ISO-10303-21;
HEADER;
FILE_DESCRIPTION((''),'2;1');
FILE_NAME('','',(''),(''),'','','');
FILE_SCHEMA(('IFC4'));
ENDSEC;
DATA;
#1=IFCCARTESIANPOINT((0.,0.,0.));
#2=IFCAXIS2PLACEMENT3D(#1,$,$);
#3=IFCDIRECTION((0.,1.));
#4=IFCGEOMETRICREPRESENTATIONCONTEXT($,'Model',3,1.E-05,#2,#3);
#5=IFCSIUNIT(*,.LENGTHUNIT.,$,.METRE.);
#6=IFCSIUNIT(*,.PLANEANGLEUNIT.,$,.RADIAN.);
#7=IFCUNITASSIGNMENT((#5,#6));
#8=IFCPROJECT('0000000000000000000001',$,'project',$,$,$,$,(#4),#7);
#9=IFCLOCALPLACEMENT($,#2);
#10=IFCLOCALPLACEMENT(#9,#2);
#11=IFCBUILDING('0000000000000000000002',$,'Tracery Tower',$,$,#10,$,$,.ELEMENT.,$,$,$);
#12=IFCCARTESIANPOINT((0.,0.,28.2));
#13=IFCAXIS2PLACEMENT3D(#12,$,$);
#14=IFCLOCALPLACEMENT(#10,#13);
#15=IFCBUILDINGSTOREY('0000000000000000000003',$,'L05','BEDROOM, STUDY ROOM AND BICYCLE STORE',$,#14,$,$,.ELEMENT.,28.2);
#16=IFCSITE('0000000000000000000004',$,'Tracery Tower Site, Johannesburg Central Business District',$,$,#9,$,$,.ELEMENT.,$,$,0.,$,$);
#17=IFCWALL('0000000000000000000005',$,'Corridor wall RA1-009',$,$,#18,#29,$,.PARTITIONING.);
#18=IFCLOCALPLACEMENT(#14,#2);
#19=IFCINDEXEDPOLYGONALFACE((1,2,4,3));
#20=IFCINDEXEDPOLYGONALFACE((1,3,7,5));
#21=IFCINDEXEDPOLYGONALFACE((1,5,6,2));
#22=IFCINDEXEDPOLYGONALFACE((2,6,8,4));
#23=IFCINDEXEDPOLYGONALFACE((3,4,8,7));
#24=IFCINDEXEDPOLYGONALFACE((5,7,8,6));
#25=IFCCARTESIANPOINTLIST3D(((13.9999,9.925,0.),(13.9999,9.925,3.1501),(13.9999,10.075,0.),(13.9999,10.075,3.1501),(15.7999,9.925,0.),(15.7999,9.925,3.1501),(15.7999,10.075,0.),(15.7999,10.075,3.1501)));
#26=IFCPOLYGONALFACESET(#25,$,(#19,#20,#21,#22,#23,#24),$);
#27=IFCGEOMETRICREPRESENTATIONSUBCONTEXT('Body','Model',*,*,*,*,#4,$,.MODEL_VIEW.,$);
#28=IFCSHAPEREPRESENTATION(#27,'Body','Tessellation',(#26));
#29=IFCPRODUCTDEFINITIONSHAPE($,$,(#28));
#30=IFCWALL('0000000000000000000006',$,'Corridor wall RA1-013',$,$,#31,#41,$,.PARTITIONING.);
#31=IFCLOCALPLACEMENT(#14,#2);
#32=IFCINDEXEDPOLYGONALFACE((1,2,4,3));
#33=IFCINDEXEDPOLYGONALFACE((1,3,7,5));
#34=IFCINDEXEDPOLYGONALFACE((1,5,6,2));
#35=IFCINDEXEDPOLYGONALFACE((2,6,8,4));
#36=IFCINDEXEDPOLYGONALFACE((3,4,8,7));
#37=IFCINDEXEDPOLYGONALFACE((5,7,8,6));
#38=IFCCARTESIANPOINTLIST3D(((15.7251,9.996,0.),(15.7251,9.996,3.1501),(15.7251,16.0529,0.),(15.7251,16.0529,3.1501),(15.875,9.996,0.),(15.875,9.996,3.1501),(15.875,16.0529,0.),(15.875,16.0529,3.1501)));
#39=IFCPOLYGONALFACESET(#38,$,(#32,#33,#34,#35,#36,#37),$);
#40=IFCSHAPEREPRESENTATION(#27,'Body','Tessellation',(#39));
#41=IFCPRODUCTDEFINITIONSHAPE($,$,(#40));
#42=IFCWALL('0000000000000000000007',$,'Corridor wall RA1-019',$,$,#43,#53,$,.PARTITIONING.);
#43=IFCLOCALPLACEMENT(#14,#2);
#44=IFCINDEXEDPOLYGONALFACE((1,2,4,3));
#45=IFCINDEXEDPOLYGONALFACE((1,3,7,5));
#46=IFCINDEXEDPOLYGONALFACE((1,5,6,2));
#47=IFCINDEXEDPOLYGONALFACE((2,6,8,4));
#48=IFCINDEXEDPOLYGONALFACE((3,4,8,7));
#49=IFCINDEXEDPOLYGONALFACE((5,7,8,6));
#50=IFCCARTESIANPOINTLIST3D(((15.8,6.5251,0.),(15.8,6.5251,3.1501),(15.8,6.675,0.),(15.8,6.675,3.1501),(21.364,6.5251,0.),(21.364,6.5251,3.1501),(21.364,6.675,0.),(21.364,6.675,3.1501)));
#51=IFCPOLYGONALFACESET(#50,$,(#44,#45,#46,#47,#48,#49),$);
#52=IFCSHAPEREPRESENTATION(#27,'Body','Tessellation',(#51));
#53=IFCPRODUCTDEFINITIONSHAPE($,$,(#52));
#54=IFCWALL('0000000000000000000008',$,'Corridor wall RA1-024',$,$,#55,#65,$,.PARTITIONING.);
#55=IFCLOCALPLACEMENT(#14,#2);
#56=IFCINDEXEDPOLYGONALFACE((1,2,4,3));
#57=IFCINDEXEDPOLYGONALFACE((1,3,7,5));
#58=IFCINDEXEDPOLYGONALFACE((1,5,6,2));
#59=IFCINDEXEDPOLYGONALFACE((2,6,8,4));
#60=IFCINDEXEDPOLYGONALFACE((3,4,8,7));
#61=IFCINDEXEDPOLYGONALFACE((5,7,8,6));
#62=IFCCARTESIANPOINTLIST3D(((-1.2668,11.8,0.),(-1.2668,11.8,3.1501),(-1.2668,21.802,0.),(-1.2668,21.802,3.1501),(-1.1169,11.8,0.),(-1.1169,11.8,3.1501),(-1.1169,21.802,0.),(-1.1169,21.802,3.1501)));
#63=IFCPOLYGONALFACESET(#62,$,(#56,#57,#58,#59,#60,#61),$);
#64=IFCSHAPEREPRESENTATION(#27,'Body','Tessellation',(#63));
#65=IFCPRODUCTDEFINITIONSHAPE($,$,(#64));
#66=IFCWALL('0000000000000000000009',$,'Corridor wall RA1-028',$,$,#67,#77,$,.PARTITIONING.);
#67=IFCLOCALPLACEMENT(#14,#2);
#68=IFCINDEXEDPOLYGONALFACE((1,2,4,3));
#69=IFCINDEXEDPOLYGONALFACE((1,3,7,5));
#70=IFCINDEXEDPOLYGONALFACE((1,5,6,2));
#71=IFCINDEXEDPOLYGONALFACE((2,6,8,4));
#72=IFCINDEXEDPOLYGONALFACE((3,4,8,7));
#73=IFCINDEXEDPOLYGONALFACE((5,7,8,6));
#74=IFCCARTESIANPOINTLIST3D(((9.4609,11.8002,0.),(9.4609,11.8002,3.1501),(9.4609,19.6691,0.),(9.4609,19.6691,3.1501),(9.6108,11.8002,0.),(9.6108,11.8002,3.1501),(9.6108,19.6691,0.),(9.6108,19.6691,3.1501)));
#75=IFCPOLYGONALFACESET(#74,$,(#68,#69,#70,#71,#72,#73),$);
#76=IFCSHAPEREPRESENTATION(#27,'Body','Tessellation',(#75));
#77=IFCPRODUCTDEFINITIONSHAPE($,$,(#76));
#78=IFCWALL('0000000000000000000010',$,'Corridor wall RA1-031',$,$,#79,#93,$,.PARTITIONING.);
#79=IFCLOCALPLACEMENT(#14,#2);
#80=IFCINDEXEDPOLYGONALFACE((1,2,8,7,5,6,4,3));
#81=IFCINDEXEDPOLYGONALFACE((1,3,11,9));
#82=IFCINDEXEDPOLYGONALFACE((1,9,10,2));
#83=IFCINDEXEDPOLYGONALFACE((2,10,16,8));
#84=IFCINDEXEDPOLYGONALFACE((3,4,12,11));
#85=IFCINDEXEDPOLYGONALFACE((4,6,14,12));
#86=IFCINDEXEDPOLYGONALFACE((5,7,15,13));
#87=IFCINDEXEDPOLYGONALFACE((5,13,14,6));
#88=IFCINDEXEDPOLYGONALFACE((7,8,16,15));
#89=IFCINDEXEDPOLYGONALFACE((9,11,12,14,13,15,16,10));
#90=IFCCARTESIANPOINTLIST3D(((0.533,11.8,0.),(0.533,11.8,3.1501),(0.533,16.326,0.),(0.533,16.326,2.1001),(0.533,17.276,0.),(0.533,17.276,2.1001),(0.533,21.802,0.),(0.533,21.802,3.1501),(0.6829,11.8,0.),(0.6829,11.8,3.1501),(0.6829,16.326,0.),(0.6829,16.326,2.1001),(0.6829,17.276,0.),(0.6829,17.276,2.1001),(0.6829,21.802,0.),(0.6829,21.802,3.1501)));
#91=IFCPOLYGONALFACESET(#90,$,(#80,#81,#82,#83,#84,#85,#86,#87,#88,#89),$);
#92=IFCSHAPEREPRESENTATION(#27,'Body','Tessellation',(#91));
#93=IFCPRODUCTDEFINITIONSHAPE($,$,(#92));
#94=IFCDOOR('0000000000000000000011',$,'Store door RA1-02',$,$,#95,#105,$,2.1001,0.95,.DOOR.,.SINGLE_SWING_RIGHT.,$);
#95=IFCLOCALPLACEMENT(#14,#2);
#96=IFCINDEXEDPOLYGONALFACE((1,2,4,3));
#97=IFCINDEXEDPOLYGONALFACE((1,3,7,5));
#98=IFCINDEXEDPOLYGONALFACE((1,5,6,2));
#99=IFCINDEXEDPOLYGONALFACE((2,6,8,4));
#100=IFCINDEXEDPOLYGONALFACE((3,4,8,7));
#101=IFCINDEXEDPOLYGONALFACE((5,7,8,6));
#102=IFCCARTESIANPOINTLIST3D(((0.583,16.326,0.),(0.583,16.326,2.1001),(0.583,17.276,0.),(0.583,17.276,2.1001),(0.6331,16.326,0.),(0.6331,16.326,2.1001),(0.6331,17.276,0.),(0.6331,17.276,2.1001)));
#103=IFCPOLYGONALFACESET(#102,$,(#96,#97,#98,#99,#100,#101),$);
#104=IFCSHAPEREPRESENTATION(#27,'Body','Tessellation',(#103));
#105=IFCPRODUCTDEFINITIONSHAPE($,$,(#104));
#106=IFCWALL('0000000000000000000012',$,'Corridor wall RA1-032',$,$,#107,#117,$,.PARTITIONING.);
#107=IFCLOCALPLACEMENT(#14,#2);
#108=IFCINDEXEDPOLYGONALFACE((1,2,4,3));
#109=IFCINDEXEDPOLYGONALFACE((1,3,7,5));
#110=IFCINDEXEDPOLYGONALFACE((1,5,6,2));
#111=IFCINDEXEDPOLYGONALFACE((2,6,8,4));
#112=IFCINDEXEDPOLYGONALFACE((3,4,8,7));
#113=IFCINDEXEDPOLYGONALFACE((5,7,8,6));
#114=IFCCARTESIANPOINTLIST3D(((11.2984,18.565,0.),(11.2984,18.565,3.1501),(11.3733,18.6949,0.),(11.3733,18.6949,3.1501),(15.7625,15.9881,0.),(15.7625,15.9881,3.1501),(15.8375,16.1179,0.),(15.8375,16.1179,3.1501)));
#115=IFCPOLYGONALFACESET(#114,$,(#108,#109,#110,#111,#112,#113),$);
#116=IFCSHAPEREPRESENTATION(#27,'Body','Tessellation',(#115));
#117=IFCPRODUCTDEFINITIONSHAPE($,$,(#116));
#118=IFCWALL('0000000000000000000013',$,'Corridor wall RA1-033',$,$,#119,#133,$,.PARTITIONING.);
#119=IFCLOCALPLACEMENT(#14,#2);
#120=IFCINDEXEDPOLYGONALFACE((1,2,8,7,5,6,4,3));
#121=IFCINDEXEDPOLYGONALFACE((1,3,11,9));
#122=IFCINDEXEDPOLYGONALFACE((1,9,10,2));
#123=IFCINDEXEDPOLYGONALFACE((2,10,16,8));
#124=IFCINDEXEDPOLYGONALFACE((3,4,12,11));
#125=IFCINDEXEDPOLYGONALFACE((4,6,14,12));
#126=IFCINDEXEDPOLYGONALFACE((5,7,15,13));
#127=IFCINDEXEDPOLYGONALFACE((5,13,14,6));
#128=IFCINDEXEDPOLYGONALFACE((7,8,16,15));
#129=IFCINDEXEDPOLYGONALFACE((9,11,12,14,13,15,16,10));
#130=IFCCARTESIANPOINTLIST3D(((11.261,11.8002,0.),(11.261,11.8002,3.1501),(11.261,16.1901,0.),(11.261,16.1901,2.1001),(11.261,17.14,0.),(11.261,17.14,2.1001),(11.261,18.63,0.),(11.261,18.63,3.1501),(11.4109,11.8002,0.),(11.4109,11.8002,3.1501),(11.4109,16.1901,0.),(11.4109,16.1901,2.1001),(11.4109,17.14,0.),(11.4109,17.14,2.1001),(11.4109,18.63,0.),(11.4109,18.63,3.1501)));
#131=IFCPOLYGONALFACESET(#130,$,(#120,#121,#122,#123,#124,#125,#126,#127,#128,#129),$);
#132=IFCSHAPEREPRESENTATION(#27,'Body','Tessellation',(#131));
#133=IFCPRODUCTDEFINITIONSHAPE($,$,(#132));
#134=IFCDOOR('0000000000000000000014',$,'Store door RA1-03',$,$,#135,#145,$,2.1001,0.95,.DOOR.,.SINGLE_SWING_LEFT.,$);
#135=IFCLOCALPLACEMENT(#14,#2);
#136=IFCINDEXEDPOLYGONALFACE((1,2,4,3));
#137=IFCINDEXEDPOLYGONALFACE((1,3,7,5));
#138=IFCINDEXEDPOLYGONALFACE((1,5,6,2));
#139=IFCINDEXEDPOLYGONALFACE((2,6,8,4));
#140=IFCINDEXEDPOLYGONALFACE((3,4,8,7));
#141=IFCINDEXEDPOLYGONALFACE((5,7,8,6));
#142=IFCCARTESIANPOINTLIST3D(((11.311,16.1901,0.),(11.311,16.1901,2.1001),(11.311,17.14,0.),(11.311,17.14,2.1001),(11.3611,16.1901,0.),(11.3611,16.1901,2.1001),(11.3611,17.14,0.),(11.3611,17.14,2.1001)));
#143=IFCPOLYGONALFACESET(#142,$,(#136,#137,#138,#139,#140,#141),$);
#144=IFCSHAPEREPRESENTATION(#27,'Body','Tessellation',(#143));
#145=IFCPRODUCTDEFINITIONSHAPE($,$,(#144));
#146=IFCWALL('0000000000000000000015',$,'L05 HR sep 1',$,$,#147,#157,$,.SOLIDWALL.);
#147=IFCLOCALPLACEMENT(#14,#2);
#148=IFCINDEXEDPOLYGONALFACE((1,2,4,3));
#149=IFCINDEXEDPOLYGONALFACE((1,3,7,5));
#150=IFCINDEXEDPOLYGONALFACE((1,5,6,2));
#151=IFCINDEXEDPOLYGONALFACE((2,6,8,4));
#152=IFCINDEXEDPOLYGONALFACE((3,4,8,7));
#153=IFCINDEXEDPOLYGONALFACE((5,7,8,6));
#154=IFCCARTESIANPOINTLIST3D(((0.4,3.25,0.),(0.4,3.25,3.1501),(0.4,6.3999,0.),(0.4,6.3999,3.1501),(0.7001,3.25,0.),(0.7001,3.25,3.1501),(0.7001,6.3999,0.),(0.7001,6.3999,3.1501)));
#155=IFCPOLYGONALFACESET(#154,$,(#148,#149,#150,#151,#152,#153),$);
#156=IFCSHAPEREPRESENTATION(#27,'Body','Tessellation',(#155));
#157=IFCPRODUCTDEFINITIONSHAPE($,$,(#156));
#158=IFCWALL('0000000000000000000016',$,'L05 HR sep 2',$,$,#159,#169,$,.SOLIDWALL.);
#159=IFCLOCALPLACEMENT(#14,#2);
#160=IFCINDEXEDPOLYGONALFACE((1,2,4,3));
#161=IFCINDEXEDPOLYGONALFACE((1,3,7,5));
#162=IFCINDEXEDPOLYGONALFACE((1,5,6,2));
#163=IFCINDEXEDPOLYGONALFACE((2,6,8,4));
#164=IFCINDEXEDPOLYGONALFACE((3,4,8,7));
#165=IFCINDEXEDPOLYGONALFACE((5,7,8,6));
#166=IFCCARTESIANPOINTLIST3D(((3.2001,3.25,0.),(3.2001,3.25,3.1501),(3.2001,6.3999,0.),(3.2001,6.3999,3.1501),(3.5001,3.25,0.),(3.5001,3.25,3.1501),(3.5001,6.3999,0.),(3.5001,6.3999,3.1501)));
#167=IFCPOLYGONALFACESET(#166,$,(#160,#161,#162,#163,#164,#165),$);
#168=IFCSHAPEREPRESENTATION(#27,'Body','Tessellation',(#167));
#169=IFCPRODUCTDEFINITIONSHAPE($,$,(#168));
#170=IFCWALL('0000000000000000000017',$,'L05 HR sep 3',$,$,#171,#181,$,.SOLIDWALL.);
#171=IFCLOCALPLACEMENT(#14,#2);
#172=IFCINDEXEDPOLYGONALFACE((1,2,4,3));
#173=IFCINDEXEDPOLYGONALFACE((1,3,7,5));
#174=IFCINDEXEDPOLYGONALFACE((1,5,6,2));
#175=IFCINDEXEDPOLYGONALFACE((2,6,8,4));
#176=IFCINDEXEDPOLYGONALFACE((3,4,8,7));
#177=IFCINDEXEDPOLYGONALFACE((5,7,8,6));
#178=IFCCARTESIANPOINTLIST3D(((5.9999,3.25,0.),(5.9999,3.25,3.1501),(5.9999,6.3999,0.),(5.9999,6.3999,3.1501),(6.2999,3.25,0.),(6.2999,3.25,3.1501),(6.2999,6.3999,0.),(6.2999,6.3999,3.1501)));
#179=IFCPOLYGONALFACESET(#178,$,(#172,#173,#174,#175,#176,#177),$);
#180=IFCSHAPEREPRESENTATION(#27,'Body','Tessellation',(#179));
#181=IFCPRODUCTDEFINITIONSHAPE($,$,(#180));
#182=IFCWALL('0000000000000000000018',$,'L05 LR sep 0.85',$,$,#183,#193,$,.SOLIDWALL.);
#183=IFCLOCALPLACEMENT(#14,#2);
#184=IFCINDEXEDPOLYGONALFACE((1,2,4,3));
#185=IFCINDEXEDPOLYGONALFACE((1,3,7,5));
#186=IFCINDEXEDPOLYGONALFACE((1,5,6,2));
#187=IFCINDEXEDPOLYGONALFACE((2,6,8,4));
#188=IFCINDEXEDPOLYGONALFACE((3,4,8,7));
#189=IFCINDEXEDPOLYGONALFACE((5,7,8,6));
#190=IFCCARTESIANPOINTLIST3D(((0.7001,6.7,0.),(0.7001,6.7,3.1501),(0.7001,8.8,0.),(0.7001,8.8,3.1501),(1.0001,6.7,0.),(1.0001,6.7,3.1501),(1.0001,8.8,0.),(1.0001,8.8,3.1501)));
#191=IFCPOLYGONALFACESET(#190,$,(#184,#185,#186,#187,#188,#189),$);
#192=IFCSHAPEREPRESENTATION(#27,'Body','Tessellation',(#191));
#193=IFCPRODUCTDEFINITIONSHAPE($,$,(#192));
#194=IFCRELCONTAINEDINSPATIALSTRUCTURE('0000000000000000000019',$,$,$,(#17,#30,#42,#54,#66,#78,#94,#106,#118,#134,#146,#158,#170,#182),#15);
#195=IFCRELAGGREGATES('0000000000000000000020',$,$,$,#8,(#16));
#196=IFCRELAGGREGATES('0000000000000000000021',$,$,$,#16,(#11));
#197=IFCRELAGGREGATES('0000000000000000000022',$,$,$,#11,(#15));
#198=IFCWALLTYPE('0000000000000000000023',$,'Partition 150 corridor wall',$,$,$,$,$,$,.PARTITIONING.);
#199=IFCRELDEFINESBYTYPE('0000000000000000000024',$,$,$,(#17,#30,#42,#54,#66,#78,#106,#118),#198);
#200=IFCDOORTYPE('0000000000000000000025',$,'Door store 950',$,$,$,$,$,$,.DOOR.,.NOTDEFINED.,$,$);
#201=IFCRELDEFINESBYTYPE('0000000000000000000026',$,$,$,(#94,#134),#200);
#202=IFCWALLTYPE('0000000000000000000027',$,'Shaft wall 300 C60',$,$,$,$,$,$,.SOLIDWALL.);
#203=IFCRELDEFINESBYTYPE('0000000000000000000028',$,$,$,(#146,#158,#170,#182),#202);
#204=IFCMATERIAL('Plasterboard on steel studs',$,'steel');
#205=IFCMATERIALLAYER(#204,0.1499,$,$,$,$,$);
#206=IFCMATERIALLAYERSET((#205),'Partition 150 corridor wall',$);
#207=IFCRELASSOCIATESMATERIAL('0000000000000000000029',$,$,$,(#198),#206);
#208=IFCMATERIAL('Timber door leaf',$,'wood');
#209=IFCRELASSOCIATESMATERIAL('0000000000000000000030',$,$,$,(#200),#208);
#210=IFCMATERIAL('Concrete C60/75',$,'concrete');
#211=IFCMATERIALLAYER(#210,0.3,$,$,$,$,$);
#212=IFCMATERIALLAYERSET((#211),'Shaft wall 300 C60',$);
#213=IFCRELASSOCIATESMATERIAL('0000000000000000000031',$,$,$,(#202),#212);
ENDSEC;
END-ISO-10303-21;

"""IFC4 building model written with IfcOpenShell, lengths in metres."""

from ifc_helpers import new_model, si_unit, direction, frame, frame_2d, origin, place, context, subcontext, project, spatial, rectangle, extrude, material, layer, layer_set, type_object, element, fill, save


model = new_model("IFC4")

# Units and contexts
model_context = context("Model", 3, precision=1e-05, world=origin(), true_north=direction((0.0, 1.0)))
body_context = subcontext(model_context, "Body", "Model", "MODEL_VIEW")
ifc_project = project(units=[si_unit("LENGTHUNIT", "METRE"), si_unit("PLANEANGLEUNIT", "RADIAN")], contexts=[model_context])

# Site, building, storey
site_placement = place(None, origin())
site = spatial("IfcSite", under=ifc_project, at=site_placement, Name="Tracery Tower Site, Johannesburg Central Business District", CompositionType="ELEMENT", RefElevation=0.0)
building_placement = place(site_placement, origin())
building = spatial("IfcBuilding", under=site, at=building_placement, Name="Tracery Tower", CompositionType="ELEMENT")
storey_placement = place(building_placement, frame((0.0, 0.0, 28.2)))
storey = spatial("IfcBuildingStorey", under=building, at=storey_placement, Name="L05", Description="BEDROOM, STUDY ROOM AND BICYCLE STORE", CompositionType="ELEMENT", Elevation=28.2)

# Walls
ifc_material_1 = material(Name="Plasterboard on steel studs", Category="steel")
ifc_layer_1 = layer(ifc_material_1, 0.1499)
ifc_layer_set_1 = layer_set([ifc_layer_1], Name="Partition 150 corridor wall")
wall_type_1 = type_object("IfcWallType", Name="Partition 150 corridor wall", PredefinedType="PARTITIONING", material=ifc_layer_set_1)
for number, where, z_axis, x_axis, name in (
    (1, (14.0, 10.0, 0.0), (0.0, 0.0, 1.0), (1.0, 0.0, 0.0), "Corridor wall RA1-009"),
):
    element("IfcWall", number, at=place(storey_placement, frame(where, z_axis=z_axis, x_axis=x_axis)), inside=storey, type_object=wall_type_1, Name=name, PredefinedType="PARTITIONING", context=body_context, shape_type="SweptSolid", body=[
        extrude(rectangle(XDim=1.8, YDim=0.1499, at=frame_2d((0.8999, 0.0))), origin(), (0.0, 0.0, 1.0), 3.1501),
    ])
wall_1_placement = place(storey_placement, frame((15.8, 9.9961, 0.0), z_axis=(0.0, 0.0, 1.0), x_axis=(0.0, 1.0, 0.0)))
element("IfcWall", 2, at=wall_1_placement, inside=storey, type_object=wall_type_1, Name="Corridor wall RA1-013", PredefinedType="PARTITIONING", context=body_context, shape_type="SweptSolid", body=[
    extrude(rectangle(XDim=6.0569, YDim=0.1499, at=frame_2d((3.0283, 0.0))), origin(), (0.0, 0.0, 1.0), 3.1501),
])
wall_2_placement = place(storey_placement, frame((15.8, 6.6001, 0.0), z_axis=(0.0, 0.0, 1.0), x_axis=(1.0, 0.0, 0.0)))
element("IfcWall", 3, at=wall_2_placement, inside=storey, type_object=wall_type_1, Name="Corridor wall RA1-019", PredefinedType="PARTITIONING", context=body_context, shape_type="SweptSolid", body=[
    extrude(rectangle(XDim=5.564, YDim=0.1499, at=frame_2d((2.782, 0.0))), origin(), (0.0, 0.0, 1.0), 3.1501),
])
wall_3_placement = place(storey_placement, frame((-1.1919, 11.8, 0.0), z_axis=(0.0, 0.0, 1.0), x_axis=(0.0, 1.0, 0.0)))
element("IfcWall", 4, at=wall_3_placement, inside=storey, type_object=wall_type_1, Name="Corridor wall RA1-024", PredefinedType="PARTITIONING", context=body_context, shape_type="SweptSolid", body=[
    extrude(rectangle(XDim=10.002, YDim=0.1499, at=frame_2d((5.001, 0.0))), origin(), (0.0, 0.0, 1.0), 3.1501),
])
wall_4_placement = place(storey_placement, frame((9.5359, 11.8, 0.0), z_axis=(0.0, 0.0, 1.0), x_axis=(0.0, 1.0, 0.0)))
element("IfcWall", 5, at=wall_4_placement, inside=storey, type_object=wall_type_1, Name="Corridor wall RA1-028", PredefinedType="PARTITIONING", context=body_context, shape_type="SweptSolid", body=[
    extrude(rectangle(XDim=7.8689, YDim=0.1499, at=frame_2d((3.9346, 0.0))), origin(), (0.0, 0.0, 1.0), 3.1501),
])

# Wall, opening, door
wall_5_placement = place(storey_placement, frame((0.6079, 11.8, 0.0), z_axis=(0.0, 0.0, 1.0), x_axis=(0.0, 1.0, 0.0)))
wall_5 = element("IfcWall", 6, at=wall_5_placement, inside=storey, type_object=wall_type_1, Name="Corridor wall RA1-031", PredefinedType="PARTITIONING", context=body_context, shape_type="SweptSolid", body=[
    extrude(rectangle(XDim=10.002, YDim=0.1499, at=frame_2d((5.001, 0.0))), origin(), (0.0, 0.0, 1.0), 3.1501),
])
opening_1_placement = place(wall_5_placement, frame((4.5259, 0.0, 0.0)))
opening_1 = element("IfcOpeningElement", 7, at=opening_1_placement, cuts=wall_5, PredefinedType="OPENING", context=body_context, shape_type="SweptSolid", body=[
    extrude(rectangle(XDim=0.95, YDim=2.1001, at=frame_2d((0.4751, 1.05))), frame((0.0, 0.075, 0.0), z_axis=(0.0, -1.0, 0.0), x_axis=(1.0, 0.0, 0.0)), (0.0, 0.0, 1.0), 0.1499),
])
ifc_material_2 = material(Name="Timber door leaf", Category="wood")
door_type = type_object("IfcDoorType", Name="Door store 950", OperationType="NOTDEFINED", PredefinedType="DOOR", material=ifc_material_2)
door_1_placement = place(opening_1_placement, origin())
door_1 = element("IfcDoor", 8, at=door_1_placement, inside=storey, type_object=door_type, Name="Store door RA1-02", OperationType="SINGLE_SWING_RIGHT", OverallHeight=2.1001, OverallWidth=0.95, PredefinedType="DOOR", context=body_context, shape_type="SweptSolid", body=[
    extrude(rectangle(XDim=0.95, YDim=2.1001, at=frame_2d((0.4751, 1.05))), frame((0.0, 0.0249, 0.0), z_axis=(0.0, -1.0, 0.0), x_axis=(1.0, 0.0, 0.0)), (0.0, 0.0, 1.0), 0.05),
])
fill(opening_1, door_1)

# Wall
wall_6_placement = place(storey_placement, frame((11.3359, 18.6299, 0.0), z_axis=(0.0, 0.0, 1.0), x_axis=(0.866063, -0.499934, 0.0)))
element("IfcWall", 9, at=wall_6_placement, inside=storey, type_object=wall_type_1, Name="Corridor wall RA1-032", PredefinedType="PARTITIONING", context=body_context, shape_type="SweptSolid", body=[
    extrude(rectangle(XDim=5.1545, YDim=0.1499, at=frame_2d((2.5771, 0.0))), origin(), (0.0, 0.0, 1.0), 3.1501),
])

# Wall, opening, door
wall_7_placement = place(storey_placement, frame((11.3359, 11.8, 0.0), z_axis=(0.0, 0.0, 1.0), x_axis=(0.0, 1.0, 0.0)))
wall_7 = element("IfcWall", 10, at=wall_7_placement, inside=storey, type_object=wall_type_1, Name="Corridor wall RA1-033", PredefinedType="PARTITIONING", context=body_context, shape_type="SweptSolid", body=[
    extrude(rectangle(XDim=6.8298, YDim=0.1499, at=frame_2d((3.415, 0.0))), origin(), (0.0, 0.0, 1.0), 3.1501),
])
opening_2_placement = place(wall_7_placement, frame((4.3899, 0.0, 0.0)))
opening_2 = element("IfcOpeningElement", 11, at=opening_2_placement, cuts=wall_7, PredefinedType="OPENING", context=body_context, shape_type="SweptSolid", body=[
    extrude(rectangle(XDim=0.95, YDim=2.1001, at=frame_2d((0.4751, 1.05))), frame((0.0, 0.075, 0.0), z_axis=(0.0, -1.0, 0.0), x_axis=(1.0, 0.0, 0.0)), (0.0, 0.0, 1.0), 0.1499),
])
door_2_placement = place(opening_2_placement, origin())
door_2 = element("IfcDoor", 12, at=door_2_placement, inside=storey, type_object=door_type, Name="Store door RA1-03", OperationType="SINGLE_SWING_LEFT", OverallHeight=2.1001, OverallWidth=0.95, PredefinedType="DOOR", context=body_context, shape_type="SweptSolid", body=[
    extrude(rectangle(XDim=0.95, YDim=2.1001, at=frame_2d((0.4751, 1.05))), frame((0.0, 0.0249, 0.0), z_axis=(0.0, -1.0, 0.0), x_axis=(1.0, 0.0, 0.0)), (0.0, 0.0, 1.0), 0.05),
])
fill(opening_2, door_2)

# Walls
ifc_material_3 = material(Name="Concrete C60/75", Category="concrete")
ifc_layer_2 = layer(ifc_material_3, 0.3)
ifc_layer_set_2 = layer_set([ifc_layer_2], Name="Shaft wall 300 C60")
wall_type_2 = type_object("IfcWallType", Name="Shaft wall 300 C60", PredefinedType="SOLIDWALL", material=ifc_layer_set_2)
for number, where, z_axis, x_axis, name in (
    (13, (0.55, 3.25, 0.0), (0.0, 0.0, 1.0), (0.0, 1.0, 0.0), "L05 HR sep 1"),
    (14, (3.3501, 3.25, 0.0), (0.0, 0.0, 1.0), (0.0, 1.0, 0.0), "L05 HR sep 2"),
    (15, (6.1499, 3.25, 0.0), (0.0, 0.0, 1.0), (0.0, 1.0, 0.0), "L05 HR sep 3"),
):
    element("IfcWall", number, at=place(storey_placement, frame(where, z_axis=z_axis, x_axis=x_axis)), inside=storey, type_object=wall_type_2, Name=name, PredefinedType="SOLIDWALL", context=body_context, shape_type="SweptSolid", body=[
        extrude(rectangle(XDim=3.1499, YDim=0.3, at=frame_2d((1.575, 0.0))), origin(), (0.0, 0.0, 1.0), 3.1501),
    ])
wall_8_placement = place(storey_placement, frame((0.8501, 6.7, 0.0), z_axis=(0.0, 0.0, 1.0), x_axis=(0.0, 1.0, 0.0)))
element("IfcWall", 16, at=wall_8_placement, inside=storey, type_object=wall_type_2, Name="L05 LR sep 0.85", PredefinedType="SOLIDWALL", context=body_context, shape_type="SweptSolid", body=[
    extrude(rectangle(XDim=2.1001, YDim=0.3, at=frame_2d((1.05, 0.0))), origin(), (0.0, 0.0, 1.0), 3.1501),
])

save(model, "model.ifc")
